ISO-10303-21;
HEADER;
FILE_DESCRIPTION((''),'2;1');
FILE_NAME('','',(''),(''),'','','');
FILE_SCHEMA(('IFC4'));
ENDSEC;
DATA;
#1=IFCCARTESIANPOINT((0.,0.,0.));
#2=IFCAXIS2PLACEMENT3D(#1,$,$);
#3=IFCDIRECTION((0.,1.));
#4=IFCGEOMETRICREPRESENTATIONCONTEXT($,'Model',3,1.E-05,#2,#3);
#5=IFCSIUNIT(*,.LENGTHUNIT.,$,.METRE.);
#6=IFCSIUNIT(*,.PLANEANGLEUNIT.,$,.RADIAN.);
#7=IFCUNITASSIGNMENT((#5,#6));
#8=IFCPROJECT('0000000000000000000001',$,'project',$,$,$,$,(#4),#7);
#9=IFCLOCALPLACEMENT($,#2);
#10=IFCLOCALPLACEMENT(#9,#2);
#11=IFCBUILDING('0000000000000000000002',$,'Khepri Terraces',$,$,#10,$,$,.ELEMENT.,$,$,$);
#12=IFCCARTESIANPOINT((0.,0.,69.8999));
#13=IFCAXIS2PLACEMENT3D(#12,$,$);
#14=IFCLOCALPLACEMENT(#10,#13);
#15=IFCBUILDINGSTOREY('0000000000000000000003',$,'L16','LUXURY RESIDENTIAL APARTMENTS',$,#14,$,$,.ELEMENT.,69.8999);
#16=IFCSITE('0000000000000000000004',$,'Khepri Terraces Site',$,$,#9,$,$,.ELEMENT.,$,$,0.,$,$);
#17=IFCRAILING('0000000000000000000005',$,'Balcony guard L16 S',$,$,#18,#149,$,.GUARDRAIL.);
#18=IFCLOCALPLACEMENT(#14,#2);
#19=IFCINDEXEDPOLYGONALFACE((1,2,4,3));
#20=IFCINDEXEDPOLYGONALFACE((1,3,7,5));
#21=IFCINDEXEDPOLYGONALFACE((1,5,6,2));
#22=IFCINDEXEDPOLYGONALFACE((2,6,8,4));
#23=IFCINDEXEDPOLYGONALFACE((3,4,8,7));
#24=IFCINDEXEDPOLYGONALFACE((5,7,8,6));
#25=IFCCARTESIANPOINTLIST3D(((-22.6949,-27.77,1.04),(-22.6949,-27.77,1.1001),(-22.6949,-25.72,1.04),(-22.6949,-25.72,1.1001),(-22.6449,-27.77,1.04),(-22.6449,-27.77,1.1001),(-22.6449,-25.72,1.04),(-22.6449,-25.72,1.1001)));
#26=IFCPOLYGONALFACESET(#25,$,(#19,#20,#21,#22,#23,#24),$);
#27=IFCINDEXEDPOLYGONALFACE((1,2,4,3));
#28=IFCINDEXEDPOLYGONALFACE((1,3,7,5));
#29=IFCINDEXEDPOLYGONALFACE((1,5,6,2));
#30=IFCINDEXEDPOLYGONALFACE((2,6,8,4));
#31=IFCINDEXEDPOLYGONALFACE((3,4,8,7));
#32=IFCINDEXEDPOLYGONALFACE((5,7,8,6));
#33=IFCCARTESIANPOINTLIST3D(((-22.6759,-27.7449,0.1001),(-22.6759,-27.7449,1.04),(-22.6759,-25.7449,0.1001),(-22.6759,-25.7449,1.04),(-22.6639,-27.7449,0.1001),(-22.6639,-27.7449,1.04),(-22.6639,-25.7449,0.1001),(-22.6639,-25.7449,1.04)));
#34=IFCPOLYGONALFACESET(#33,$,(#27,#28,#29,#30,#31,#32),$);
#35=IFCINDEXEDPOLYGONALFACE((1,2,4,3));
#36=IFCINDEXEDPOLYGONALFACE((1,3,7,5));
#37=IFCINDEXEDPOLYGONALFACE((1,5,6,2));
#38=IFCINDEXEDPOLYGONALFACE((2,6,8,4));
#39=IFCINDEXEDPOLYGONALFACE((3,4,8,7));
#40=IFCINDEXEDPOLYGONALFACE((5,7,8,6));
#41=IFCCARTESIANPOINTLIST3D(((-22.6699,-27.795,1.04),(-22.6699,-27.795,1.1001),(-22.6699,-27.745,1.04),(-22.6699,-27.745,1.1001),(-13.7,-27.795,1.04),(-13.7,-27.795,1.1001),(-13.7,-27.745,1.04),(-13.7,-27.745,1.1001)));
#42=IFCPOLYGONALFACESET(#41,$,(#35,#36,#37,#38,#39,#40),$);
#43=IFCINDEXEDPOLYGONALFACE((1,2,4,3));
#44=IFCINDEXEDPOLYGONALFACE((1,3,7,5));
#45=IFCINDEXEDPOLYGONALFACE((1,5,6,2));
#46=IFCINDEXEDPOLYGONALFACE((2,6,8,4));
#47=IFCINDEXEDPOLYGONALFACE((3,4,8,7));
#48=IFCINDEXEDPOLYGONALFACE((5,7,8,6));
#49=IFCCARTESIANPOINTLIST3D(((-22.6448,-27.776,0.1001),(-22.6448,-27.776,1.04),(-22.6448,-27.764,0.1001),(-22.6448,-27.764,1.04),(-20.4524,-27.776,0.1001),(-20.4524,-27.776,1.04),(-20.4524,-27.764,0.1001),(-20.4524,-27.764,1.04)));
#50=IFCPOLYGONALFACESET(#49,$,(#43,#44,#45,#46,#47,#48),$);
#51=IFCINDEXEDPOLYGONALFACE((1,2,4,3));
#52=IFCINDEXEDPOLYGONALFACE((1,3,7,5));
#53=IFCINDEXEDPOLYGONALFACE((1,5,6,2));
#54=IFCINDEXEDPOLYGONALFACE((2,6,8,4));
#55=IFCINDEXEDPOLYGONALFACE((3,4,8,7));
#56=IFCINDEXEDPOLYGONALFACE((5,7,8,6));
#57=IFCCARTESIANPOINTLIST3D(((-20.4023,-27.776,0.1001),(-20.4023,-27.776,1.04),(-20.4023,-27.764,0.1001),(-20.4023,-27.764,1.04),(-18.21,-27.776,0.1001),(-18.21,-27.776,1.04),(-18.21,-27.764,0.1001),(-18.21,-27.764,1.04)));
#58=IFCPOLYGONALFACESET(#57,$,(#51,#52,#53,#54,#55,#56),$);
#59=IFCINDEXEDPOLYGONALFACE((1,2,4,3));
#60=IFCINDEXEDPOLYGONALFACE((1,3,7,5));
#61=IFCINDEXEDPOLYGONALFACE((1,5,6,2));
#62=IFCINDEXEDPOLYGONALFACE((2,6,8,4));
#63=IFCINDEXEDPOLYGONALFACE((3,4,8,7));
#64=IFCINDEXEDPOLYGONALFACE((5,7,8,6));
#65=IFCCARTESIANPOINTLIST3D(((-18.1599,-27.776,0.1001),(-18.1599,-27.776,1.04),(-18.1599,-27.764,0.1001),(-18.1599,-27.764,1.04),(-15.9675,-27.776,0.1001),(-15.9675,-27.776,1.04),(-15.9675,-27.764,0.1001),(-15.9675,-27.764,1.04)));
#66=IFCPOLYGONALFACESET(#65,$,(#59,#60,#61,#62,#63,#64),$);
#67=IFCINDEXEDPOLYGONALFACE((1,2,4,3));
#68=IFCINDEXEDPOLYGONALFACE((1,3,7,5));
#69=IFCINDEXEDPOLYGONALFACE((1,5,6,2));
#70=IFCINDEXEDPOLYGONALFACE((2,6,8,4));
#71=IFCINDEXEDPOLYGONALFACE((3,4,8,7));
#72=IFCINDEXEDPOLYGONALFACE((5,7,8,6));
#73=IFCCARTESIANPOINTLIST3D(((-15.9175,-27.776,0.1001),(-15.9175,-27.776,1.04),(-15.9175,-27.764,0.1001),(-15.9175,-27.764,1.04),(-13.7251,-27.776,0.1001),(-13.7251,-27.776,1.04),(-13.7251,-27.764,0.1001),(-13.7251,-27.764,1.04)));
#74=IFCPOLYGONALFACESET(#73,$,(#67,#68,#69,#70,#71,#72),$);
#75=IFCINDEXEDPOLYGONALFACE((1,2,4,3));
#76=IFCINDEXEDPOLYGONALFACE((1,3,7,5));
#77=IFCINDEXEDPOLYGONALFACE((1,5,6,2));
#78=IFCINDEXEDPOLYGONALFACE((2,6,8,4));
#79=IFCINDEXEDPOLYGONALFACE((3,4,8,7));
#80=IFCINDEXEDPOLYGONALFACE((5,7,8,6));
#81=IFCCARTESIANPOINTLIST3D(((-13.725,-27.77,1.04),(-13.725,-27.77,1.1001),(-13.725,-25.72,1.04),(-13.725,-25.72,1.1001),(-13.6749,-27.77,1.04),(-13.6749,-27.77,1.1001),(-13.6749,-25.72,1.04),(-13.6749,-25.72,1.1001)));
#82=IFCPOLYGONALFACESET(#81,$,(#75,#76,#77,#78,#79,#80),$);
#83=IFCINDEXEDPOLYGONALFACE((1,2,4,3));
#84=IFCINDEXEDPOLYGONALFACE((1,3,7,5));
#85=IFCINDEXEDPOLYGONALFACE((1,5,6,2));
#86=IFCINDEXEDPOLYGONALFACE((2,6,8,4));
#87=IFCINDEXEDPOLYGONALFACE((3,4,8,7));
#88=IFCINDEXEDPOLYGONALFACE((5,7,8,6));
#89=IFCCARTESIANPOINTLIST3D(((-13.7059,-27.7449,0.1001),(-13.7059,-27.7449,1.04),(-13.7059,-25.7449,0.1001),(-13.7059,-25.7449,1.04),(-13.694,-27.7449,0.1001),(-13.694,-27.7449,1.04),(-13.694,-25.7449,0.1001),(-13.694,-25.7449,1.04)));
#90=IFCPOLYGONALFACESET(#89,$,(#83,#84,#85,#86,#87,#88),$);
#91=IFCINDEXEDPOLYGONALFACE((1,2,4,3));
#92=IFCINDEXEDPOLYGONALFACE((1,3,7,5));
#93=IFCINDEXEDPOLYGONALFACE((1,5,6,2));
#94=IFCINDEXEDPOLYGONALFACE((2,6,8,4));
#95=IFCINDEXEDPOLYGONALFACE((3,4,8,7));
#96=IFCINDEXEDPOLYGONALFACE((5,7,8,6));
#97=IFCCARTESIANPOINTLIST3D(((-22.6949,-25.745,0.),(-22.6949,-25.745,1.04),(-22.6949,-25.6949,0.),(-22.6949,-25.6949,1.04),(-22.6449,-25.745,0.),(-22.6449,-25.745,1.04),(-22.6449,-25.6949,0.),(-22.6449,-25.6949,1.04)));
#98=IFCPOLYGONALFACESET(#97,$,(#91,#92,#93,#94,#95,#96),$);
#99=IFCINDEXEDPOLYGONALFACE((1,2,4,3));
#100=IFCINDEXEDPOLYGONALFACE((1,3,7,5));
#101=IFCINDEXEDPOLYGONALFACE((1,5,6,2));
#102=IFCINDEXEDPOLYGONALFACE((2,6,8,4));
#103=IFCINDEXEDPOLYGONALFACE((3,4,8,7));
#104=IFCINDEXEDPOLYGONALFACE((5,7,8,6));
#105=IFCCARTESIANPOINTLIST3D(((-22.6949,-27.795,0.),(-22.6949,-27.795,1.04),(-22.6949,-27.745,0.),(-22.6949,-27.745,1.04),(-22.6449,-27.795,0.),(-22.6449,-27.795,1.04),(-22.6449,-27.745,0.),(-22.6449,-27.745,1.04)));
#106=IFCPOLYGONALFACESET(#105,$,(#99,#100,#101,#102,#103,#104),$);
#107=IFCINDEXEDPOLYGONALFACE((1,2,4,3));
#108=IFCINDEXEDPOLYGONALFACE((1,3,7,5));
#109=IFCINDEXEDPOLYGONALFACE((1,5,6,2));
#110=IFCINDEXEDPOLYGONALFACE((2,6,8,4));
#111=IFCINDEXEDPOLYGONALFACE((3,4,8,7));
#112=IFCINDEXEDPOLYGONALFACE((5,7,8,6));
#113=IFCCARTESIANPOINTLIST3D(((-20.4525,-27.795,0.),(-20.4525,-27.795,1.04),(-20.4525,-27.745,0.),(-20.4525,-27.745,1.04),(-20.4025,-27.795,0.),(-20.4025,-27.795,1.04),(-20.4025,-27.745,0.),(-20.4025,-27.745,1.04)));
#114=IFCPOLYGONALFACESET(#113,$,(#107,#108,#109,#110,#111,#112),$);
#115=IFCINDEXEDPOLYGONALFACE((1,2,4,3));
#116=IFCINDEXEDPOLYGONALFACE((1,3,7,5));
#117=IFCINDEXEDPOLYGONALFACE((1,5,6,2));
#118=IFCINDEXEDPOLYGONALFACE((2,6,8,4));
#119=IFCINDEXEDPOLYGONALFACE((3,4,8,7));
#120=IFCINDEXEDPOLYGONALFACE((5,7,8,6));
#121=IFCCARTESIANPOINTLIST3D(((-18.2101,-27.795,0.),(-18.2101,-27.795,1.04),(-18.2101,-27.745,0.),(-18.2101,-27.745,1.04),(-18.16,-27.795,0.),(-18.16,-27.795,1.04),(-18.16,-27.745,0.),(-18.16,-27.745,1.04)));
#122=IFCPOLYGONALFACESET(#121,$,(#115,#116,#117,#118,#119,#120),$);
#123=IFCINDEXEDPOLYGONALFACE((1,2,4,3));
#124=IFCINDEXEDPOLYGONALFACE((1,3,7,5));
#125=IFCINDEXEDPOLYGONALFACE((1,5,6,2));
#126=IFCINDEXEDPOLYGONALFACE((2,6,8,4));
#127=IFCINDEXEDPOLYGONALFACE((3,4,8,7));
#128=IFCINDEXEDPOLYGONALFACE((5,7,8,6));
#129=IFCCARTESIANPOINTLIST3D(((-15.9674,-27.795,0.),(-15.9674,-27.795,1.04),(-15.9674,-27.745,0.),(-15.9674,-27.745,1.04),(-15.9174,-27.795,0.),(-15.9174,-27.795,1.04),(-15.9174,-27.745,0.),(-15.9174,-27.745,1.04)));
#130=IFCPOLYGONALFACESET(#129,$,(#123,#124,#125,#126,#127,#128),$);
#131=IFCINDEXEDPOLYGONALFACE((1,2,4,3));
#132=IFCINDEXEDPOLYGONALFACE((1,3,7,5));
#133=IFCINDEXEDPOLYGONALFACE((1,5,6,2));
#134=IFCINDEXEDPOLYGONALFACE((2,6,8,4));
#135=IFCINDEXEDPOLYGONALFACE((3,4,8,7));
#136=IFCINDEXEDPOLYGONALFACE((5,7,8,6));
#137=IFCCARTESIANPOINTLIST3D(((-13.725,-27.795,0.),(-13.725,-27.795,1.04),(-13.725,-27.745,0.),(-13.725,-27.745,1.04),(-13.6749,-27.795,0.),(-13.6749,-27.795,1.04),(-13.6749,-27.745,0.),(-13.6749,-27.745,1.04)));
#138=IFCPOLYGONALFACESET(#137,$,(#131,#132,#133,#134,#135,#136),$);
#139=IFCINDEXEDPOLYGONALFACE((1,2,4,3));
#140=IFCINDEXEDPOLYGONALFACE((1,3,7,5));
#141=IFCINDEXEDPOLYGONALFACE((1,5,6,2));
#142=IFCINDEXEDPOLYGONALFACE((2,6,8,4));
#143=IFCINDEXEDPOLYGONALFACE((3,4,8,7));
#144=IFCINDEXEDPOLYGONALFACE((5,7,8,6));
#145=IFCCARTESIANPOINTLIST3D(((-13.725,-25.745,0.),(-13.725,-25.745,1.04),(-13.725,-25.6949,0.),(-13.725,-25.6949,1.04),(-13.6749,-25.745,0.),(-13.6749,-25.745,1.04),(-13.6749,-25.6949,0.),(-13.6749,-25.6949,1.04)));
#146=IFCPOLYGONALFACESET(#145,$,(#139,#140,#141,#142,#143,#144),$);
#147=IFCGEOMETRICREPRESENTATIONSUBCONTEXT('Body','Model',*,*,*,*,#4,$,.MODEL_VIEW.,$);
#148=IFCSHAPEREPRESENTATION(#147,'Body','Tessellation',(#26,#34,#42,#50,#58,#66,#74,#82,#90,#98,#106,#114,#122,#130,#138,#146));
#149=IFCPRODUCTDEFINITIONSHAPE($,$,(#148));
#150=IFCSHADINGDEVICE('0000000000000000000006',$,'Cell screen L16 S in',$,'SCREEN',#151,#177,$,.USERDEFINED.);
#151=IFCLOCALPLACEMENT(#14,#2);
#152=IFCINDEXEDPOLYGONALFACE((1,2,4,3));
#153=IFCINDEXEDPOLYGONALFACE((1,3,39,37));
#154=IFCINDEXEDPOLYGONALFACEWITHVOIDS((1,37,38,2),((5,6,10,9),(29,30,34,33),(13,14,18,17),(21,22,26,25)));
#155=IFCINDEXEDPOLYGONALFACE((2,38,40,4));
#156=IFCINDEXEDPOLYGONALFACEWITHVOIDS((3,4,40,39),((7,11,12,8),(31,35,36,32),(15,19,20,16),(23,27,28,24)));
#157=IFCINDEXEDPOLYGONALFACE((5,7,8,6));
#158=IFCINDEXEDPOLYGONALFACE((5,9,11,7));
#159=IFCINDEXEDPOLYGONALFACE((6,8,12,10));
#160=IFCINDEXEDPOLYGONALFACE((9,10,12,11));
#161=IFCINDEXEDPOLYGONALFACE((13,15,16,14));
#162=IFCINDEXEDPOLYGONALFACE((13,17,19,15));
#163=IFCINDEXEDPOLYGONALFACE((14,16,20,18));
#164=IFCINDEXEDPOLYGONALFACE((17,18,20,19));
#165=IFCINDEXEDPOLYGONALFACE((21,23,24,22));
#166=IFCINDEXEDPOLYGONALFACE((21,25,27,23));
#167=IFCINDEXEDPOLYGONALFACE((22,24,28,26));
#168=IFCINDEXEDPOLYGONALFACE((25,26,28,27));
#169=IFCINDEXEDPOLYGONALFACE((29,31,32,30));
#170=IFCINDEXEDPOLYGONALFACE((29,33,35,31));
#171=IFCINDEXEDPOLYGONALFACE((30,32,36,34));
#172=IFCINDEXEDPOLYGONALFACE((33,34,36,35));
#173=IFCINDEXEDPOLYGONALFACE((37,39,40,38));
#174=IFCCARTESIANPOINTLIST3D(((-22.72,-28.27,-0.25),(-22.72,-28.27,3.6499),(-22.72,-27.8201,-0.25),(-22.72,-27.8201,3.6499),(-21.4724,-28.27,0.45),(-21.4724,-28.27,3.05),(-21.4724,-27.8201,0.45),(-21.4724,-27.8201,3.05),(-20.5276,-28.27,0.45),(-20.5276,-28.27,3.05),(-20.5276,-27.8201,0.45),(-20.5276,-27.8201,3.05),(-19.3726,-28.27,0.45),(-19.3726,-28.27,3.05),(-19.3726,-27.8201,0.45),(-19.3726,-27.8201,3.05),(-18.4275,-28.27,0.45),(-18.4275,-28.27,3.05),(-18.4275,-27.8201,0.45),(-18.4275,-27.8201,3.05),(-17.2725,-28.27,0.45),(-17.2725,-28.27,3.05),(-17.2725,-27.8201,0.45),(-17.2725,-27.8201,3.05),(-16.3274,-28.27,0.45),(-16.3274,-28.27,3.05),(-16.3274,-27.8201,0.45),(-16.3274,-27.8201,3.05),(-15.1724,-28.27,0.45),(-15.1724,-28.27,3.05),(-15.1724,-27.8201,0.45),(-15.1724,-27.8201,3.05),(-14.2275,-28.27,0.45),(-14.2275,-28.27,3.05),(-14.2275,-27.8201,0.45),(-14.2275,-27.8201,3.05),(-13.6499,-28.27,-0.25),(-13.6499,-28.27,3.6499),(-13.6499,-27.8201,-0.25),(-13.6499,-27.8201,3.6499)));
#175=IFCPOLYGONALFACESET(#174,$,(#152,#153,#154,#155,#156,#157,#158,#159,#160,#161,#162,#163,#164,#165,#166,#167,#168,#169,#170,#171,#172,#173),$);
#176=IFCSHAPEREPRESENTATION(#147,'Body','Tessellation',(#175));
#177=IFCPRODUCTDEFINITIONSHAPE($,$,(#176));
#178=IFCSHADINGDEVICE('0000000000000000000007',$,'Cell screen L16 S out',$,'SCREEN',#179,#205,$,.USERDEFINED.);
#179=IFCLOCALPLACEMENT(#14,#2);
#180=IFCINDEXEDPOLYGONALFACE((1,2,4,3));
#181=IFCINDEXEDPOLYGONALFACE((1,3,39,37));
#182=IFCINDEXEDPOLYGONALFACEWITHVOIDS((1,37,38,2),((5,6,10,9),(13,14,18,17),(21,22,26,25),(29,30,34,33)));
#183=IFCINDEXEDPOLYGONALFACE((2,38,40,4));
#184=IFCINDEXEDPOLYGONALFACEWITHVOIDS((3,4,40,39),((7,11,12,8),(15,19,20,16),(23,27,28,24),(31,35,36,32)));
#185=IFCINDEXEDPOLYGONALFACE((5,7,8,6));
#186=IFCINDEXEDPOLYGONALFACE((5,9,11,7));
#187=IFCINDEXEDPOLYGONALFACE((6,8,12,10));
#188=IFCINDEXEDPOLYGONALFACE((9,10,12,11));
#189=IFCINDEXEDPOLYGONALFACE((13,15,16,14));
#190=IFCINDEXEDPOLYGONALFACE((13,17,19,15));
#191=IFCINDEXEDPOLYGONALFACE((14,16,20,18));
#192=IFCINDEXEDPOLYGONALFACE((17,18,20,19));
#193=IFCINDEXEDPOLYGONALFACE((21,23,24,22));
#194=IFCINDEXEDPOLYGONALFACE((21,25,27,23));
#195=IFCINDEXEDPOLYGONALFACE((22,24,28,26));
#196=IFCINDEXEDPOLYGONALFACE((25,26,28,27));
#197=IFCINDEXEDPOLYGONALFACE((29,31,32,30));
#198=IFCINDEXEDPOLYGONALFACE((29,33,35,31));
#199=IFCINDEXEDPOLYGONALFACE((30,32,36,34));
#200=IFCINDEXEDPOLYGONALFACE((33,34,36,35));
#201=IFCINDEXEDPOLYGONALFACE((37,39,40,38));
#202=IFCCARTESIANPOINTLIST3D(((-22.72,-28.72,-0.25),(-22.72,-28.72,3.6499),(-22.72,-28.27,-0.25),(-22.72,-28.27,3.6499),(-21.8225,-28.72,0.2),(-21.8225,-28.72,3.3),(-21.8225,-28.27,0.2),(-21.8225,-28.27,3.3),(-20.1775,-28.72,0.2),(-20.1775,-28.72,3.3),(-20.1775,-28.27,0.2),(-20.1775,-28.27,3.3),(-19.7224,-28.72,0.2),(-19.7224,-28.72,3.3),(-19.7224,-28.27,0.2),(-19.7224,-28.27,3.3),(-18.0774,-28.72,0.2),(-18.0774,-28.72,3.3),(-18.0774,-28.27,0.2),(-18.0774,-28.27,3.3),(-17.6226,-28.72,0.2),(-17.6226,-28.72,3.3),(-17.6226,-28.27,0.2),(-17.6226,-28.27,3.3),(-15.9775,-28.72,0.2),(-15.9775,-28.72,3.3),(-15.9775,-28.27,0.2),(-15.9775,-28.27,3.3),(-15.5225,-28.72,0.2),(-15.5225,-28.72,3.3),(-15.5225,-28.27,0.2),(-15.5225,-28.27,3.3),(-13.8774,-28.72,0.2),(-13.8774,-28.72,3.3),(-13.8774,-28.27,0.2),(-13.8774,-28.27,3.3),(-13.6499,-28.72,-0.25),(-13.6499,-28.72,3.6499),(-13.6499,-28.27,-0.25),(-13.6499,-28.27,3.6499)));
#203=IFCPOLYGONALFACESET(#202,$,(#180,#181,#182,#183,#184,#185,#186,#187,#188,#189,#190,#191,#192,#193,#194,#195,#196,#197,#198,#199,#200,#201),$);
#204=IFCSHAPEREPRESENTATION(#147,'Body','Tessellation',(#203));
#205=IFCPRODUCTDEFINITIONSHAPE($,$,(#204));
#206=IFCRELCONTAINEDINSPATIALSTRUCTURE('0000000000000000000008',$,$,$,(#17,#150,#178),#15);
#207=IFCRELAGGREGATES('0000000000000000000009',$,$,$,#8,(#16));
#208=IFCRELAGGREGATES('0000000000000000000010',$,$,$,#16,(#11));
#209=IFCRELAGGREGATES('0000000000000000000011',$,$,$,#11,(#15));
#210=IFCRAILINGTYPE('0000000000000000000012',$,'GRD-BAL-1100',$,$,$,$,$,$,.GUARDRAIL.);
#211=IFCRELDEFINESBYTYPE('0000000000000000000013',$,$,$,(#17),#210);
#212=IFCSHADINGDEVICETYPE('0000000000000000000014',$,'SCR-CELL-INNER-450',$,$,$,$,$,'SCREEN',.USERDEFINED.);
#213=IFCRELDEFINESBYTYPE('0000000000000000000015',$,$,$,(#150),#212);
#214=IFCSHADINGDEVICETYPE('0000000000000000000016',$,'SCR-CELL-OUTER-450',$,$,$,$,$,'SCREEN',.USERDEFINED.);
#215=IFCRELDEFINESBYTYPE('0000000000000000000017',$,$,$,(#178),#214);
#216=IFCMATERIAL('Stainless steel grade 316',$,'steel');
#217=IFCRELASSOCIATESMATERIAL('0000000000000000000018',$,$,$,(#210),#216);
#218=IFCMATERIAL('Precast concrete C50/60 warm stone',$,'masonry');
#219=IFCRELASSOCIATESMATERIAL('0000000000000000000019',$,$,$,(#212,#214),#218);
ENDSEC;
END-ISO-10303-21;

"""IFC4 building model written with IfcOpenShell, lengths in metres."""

from ifc_helpers import new_model, si_unit, direction, frame, origin, origin_2d, place, context, subcontext, project, spatial, polyline, rectangle, outline, extrude, material, type_object, element, save


model = new_model("IFC4")

# Units and contexts
model_context = context("Model", 3, precision=1e-05, world=origin(), true_north=direction((0.0, 1.0)))
body_context = subcontext(model_context, "Body", "Model", "MODEL_VIEW")
ifc_project = project(units=[si_unit("LENGTHUNIT", "METRE"), si_unit("PLANEANGLEUNIT", "RADIAN")], contexts=[model_context])

# Site, building, storey
site_placement = place(None, origin())
site = spatial("IfcSite", under=ifc_project, at=site_placement, Name="Khepri Terraces Site", CompositionType="ELEMENT", RefElevation=0.0)
building_placement = place(site_placement, origin())
building = spatial("IfcBuilding", under=site, at=building_placement, Name="Khepri Terraces", CompositionType="ELEMENT")
storey_placement = place(building_placement, frame((0.0, 0.0, 69.8999)))
storey = spatial("IfcBuildingStorey", under=building, at=storey_placement, Name="L16", Description="LUXURY RESIDENTIAL APARTMENTS", CompositionType="ELEMENT", Elevation=69.8999)

# Shared definitions
ifc_material_1 = material(Name="Precast concrete C50/60 warm stone", Category="masonry")

# Railing
ifc_material_2 = material(Name="Stainless steel grade 316", Category="steel")
railing_type = type_object("IfcRailingType", Name="GRD-BAL-1100", PredefinedType="GUARDRAIL", material=ifc_material_2)
railing_placement = place(storey_placement, frame((-22.6699, -25.72, 0.0)))
element("IfcRailing", 1, at=railing_placement, inside=storey, type_object=railing_type, Name="Balcony guard L16 S", PredefinedType="GUARDRAIL", context=body_context, shape_type="SweptSolid", body=[
    extrude(rectangle(XDim=0.05, YDim=0.0601, at=origin_2d()), frame((0.0, 0.0, 1.0701), z_axis=(0.0, -1.0, 0.0), x_axis=(1.0, 0.0, 0.0)), (0.0, 0.0, 1.0), 2.05),
    extrude(rectangle(XDim=2.0, YDim=0.012, at=origin_2d()), frame((0.0, -1.0249, 0.1001), z_axis=(0.0, 0.0, 1.0), x_axis=(0.0, -1.0, 0.0)), (0.0, 0.0, 1.0), 0.9399),
    extrude(rectangle(XDim=0.05, YDim=0.0601, at=origin_2d()), frame((0.0, -2.05, 1.0701), z_axis=(1.0, 0.0, 0.0), x_axis=(0.0, 1.0, 0.0)), (0.0, 0.0, 1.0), 8.97),
    extrude(rectangle(XDim=2.1924, YDim=0.012, at=origin_2d()), frame((1.1213, -2.05, 0.1001), z_axis=(0.0, 0.0, 1.0), x_axis=(1.0, 0.0, 0.0)), (0.0, 0.0, 1.0), 0.9399),
    extrude(rectangle(XDim=2.1924, YDim=0.012, at=origin_2d()), frame((3.3638, -2.05, 0.1001), z_axis=(0.0, 0.0, 1.0), x_axis=(1.0, 0.0, 0.0)), (0.0, 0.0, 1.0), 0.9399),
    extrude(rectangle(XDim=2.1924, YDim=0.012, at=origin_2d()), frame((5.6062, -2.05, 0.1001), z_axis=(0.0, 0.0, 1.0), x_axis=(1.0, 0.0, 0.0)), (0.0, 0.0, 1.0), 0.9399),
    extrude(rectangle(XDim=2.1924, YDim=0.012, at=origin_2d()), frame((7.8486, -2.05, 0.1001), z_axis=(0.0, 0.0, 1.0), x_axis=(1.0, 0.0, 0.0)), (0.0, 0.0, 1.0), 0.9399),
    extrude(rectangle(XDim=0.05, YDim=0.0601, at=origin_2d()), frame((8.97, -2.05, 1.0701), z_axis=(0.0, 1.0, 0.0), x_axis=(-1.0, 0.0, 0.0)), (0.0, 0.0, 1.0), 2.05),
    extrude(rectangle(XDim=2.0, YDim=0.012, at=origin_2d()), frame((8.97, -1.0249, 0.1001), z_axis=(0.0, 0.0, 1.0), x_axis=(0.0, 1.0, 0.0)), (0.0, 0.0, 1.0), 0.9399),
    extrude(rectangle(XDim=0.05, YDim=0.05, at=origin_2d()), origin(), (0.0, 0.0, 1.0), 1.04),
    extrude(rectangle(XDim=0.05, YDim=0.05, at=origin_2d()), frame((0.0, -2.05, 0.0)), (0.0, 0.0, 1.0), 1.04),
    extrude(rectangle(XDim=0.05, YDim=0.05, at=origin_2d()), frame((2.2424, -2.05, 0.0)), (0.0, 0.0, 1.0), 1.04),
    extrude(rectangle(XDim=0.05, YDim=0.05, at=origin_2d()), frame((4.4849, -2.05, 0.0)), (0.0, 0.0, 1.0), 1.04),
    extrude(rectangle(XDim=0.05, YDim=0.05, at=origin_2d()), frame((6.7275, -2.05, 0.0)), (0.0, 0.0, 1.0), 1.04),
    extrude(rectangle(XDim=0.05, YDim=0.05, at=origin_2d()), frame((8.97, -2.05, 0.0)), (0.0, 0.0, 1.0), 1.04),
    extrude(rectangle(XDim=0.05, YDim=0.05, at=origin_2d()), frame((8.97, 0.0, 0.0)), (0.0, 0.0, 1.0), 1.04),
])

# Shading devices
shading_device_type_1 = type_object("IfcShadingDeviceType", Name="SCR-CELL-INNER-450", ElementType="SCREEN", PredefinedType="USERDEFINED", material=ifc_material_1)
shading_device_1_placement = place(storey_placement, frame((-22.72, -27.8201, -0.25), z_axis=(0.0, -1.0, 0.0), x_axis=(1.0, 0.0, 0.0)))
element("IfcShadingDevice", 2, at=shading_device_1_placement, inside=storey, type_object=shading_device_type_1, Name="Cell screen L16 S in", ObjectType="SCREEN", PredefinedType="USERDEFINED", context=body_context, shape_type="SweptSolid", body=[
    extrude(outline(polyline([(0.0, 0.0), (9.0701, 0.0), (9.0701, 3.8999), (0.0, 3.8999), (0.0, 0.0)]), holes=[polyline([(1.2476, 0.7), (2.1924, 0.7), (2.1924, 3.3), (1.2476, 3.3), (1.2476, 0.7)]), polyline([(3.3474, 0.7), (4.2925, 0.7), (4.2925, 3.3), (3.3474, 3.3), (3.3474, 0.7)]), polyline([(5.4475, 0.7), (6.3926, 0.7), (6.3926, 3.3), (5.4475, 3.3), (5.4475, 0.7)]), polyline([(7.5476, 0.7), (8.4924, 0.7), (8.4924, 3.3), (7.5476, 3.3), (7.5476, 0.7)])]), origin(), (0.0, 0.0, 1.0), 0.45),
])
shading_device_type_2 = type_object("IfcShadingDeviceType", Name="SCR-CELL-OUTER-450", ElementType="SCREEN", PredefinedType="USERDEFINED", material=ifc_material_1)
shading_device_2_placement = place(storey_placement, frame((-22.72, -28.27, -0.25), z_axis=(0.0, -1.0, 0.0), x_axis=(1.0, 0.0, 0.0)))
element("IfcShadingDevice", 3, at=shading_device_2_placement, inside=storey, type_object=shading_device_type_2, Name="Cell screen L16 S out", ObjectType="SCREEN", PredefinedType="USERDEFINED", context=body_context, shape_type="SweptSolid", body=[
    extrude(outline(polyline([(0.0, 0.0), (9.0701, 0.0), (9.0701, 3.8999), (0.0, 3.8999), (0.0, 0.0)]), holes=[polyline([(0.8975, 0.45), (2.5425, 0.45), (2.5425, 3.55), (0.8975, 3.55), (0.8975, 0.45)]), polyline([(2.9976, 0.45), (4.6426, 0.45), (4.6426, 3.55), (2.9976, 3.55), (2.9976, 0.45)]), polyline([(5.0974, 0.45), (6.7424, 0.45), (6.7424, 3.55), (5.0974, 3.55), (5.0974, 0.45)]), polyline([(7.1975, 0.45), (8.8425, 0.45), (8.8425, 3.55), (7.1975, 3.55), (7.1975, 0.45)])]), origin(), (0.0, 0.0, 1.0), 0.45),
])

save(model, "model.ifc")
